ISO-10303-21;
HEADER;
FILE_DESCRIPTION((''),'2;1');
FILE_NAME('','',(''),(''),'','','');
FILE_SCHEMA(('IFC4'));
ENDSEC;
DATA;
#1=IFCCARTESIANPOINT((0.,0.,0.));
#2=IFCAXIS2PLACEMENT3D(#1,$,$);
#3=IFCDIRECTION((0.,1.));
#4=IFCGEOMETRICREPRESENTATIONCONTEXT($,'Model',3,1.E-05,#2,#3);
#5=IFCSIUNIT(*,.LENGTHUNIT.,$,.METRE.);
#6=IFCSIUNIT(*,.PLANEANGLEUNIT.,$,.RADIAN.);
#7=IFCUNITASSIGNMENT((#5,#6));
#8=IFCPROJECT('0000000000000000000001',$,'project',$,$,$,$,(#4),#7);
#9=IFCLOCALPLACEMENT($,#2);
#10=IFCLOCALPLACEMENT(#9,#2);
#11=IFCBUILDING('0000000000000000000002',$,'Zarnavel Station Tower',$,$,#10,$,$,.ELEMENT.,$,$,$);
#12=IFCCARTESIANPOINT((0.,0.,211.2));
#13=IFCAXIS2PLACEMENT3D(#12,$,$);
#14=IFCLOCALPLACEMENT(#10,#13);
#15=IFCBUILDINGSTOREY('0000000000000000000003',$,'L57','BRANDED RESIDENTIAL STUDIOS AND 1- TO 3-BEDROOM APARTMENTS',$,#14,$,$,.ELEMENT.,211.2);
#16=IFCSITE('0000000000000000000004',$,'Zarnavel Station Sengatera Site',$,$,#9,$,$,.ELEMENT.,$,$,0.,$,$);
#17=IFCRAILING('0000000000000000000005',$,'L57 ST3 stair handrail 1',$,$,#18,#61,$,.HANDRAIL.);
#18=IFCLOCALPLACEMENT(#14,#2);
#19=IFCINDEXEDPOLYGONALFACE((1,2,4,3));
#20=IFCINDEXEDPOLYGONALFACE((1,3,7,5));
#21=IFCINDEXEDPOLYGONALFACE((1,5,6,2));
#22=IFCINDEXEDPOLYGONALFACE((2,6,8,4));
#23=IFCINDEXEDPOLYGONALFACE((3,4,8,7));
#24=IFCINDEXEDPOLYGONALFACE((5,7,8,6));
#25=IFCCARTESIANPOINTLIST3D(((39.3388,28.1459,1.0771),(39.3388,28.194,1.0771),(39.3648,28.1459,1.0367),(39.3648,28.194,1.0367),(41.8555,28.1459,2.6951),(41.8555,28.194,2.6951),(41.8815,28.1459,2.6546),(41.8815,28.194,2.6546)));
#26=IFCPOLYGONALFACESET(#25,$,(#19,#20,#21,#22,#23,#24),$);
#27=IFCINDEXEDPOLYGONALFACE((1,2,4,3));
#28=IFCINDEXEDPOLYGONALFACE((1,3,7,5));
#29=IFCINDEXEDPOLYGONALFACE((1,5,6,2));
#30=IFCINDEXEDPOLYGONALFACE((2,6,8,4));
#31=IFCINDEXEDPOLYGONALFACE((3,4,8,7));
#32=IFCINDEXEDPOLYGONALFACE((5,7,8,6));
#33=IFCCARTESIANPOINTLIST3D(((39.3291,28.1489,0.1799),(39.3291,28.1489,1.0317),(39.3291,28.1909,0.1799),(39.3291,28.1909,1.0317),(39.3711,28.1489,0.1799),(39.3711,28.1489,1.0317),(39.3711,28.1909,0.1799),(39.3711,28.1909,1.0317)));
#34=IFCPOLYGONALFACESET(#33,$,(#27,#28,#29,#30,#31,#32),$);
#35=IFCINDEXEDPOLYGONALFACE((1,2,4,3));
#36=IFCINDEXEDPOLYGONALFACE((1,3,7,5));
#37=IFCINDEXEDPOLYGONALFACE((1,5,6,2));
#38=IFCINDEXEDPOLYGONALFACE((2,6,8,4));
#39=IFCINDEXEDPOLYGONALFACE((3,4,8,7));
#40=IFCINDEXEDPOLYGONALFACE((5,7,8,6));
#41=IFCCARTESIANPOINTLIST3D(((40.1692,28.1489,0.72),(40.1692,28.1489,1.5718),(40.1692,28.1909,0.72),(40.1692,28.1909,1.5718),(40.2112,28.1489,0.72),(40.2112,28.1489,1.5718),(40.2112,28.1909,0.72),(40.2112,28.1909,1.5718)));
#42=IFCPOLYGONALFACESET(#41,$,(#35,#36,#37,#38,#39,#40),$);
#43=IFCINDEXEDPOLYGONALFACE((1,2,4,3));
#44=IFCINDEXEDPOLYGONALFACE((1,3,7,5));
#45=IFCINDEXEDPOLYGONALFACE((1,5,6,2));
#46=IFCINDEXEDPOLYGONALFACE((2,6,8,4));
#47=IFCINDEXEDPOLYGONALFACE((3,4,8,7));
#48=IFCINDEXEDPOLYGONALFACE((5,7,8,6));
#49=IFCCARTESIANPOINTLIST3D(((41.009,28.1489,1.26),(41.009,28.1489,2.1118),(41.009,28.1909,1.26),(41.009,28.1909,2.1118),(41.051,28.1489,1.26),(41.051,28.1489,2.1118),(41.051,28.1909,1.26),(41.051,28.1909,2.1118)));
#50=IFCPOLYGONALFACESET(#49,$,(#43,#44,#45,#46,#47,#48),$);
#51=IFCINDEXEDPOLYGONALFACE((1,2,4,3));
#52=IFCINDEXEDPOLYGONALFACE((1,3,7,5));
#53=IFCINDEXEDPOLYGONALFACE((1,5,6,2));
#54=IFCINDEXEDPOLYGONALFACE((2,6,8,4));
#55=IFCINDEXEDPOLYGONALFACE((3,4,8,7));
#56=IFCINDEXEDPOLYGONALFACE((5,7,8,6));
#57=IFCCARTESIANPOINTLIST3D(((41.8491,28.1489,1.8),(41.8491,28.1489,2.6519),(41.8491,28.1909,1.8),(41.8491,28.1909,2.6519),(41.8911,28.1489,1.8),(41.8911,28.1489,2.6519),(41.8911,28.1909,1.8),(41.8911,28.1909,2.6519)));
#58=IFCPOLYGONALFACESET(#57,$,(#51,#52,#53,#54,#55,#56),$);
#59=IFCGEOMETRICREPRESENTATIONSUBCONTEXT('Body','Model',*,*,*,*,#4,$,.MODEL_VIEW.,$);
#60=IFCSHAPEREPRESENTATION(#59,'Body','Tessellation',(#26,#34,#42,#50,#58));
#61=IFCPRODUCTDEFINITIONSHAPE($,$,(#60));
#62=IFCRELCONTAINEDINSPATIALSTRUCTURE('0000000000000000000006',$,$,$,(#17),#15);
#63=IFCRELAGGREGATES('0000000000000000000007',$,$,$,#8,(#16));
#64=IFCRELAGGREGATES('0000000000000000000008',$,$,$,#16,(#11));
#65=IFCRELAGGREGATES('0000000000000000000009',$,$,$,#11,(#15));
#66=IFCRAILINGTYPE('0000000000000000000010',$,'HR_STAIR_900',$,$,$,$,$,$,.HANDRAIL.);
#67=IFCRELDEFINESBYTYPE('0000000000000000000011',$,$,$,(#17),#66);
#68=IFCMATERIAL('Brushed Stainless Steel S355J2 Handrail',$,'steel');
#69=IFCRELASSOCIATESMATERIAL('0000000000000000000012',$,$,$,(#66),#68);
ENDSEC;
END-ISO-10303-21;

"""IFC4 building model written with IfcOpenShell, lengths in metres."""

from ifc_helpers import new_model, si_unit, direction, frame, origin, origin_2d, place, context, subcontext, project, spatial, rectangle, extrude, material, type_object, element, save


model = new_model("IFC4")

# Units and contexts
model_context = context("Model", 3, precision=1e-05, world=origin(), true_north=direction((0.0, 1.0)))
body_context = subcontext(model_context, "Body", "Model", "MODEL_VIEW")
ifc_project = project(units=[si_unit("LENGTHUNIT", "METRE"), si_unit("PLANEANGLEUNIT", "RADIAN")], contexts=[model_context])

# Site, building, storey
site_placement = place(None, origin())
site = spatial("IfcSite", under=ifc_project, at=site_placement, Name="Zarnavel Station Sengatera Site", CompositionType="ELEMENT", RefElevation=0.0)
building_placement = place(site_placement, origin())
building = spatial("IfcBuilding", under=site, at=building_placement, Name="Zarnavel Station Tower", CompositionType="ELEMENT")
storey_placement = place(building_placement, frame((0.0, 0.0, 211.2)))
storey = spatial("IfcBuildingStorey", under=building, at=storey_placement, Name="L57", Description="BRANDED RESIDENTIAL STUDIOS AND 1- TO 3-BEDROOM APARTMENTS", CompositionType="ELEMENT", Elevation=211.2)

# Railing
ifc_material_1 = material(Name="Brushed Stainless Steel S355J2 Handrail", Category="steel")
railing_type_1 = type_object("IfcRailingType", Name="HR_STAIR_900", PredefinedType="HANDRAIL", material=ifc_material_1)
railing_1_placement = place(storey_placement, frame((39.3501, 28.1699, 0.1799)))
element("IfcRailing", 1, at=railing_1_placement, inside=storey, type_object=railing_type_1, Name="L57 ST3 stair handrail 1", PredefinedType="HANDRAIL", context=body_context, shape_type="SweptSolid", body=[
    extrude(rectangle(XDim=0.0481, YDim=0.0481, at=origin_2d()), frame((0.0017, 0.0, 0.877), z_axis=(0.841163, 0.0, 0.540782), x_axis=(0.0, 1.0, 0.0)), (0.0, 0.0, 1.0), 2.9919),
    extrude(rectangle(XDim=0.042, YDim=0.042, at=origin_2d()), origin(), (0.0, 0.0, 1.0), 0.8518),
    extrude(rectangle(XDim=0.042, YDim=0.042, at=origin_2d()), frame((0.8401, 0.0, 0.54)), (0.0, 0.0, 1.0), 0.8518),
    extrude(rectangle(XDim=0.042, YDim=0.042, at=origin_2d()), frame((1.6799, 0.0, 1.0801)), (0.0, 0.0, 1.0), 0.8518),
    extrude(rectangle(XDim=0.042, YDim=0.042, at=origin_2d()), frame((2.52, 0.0, 1.6201)), (0.0, 0.0, 1.0), 0.8518),
])

save(model, "model.ifc")
